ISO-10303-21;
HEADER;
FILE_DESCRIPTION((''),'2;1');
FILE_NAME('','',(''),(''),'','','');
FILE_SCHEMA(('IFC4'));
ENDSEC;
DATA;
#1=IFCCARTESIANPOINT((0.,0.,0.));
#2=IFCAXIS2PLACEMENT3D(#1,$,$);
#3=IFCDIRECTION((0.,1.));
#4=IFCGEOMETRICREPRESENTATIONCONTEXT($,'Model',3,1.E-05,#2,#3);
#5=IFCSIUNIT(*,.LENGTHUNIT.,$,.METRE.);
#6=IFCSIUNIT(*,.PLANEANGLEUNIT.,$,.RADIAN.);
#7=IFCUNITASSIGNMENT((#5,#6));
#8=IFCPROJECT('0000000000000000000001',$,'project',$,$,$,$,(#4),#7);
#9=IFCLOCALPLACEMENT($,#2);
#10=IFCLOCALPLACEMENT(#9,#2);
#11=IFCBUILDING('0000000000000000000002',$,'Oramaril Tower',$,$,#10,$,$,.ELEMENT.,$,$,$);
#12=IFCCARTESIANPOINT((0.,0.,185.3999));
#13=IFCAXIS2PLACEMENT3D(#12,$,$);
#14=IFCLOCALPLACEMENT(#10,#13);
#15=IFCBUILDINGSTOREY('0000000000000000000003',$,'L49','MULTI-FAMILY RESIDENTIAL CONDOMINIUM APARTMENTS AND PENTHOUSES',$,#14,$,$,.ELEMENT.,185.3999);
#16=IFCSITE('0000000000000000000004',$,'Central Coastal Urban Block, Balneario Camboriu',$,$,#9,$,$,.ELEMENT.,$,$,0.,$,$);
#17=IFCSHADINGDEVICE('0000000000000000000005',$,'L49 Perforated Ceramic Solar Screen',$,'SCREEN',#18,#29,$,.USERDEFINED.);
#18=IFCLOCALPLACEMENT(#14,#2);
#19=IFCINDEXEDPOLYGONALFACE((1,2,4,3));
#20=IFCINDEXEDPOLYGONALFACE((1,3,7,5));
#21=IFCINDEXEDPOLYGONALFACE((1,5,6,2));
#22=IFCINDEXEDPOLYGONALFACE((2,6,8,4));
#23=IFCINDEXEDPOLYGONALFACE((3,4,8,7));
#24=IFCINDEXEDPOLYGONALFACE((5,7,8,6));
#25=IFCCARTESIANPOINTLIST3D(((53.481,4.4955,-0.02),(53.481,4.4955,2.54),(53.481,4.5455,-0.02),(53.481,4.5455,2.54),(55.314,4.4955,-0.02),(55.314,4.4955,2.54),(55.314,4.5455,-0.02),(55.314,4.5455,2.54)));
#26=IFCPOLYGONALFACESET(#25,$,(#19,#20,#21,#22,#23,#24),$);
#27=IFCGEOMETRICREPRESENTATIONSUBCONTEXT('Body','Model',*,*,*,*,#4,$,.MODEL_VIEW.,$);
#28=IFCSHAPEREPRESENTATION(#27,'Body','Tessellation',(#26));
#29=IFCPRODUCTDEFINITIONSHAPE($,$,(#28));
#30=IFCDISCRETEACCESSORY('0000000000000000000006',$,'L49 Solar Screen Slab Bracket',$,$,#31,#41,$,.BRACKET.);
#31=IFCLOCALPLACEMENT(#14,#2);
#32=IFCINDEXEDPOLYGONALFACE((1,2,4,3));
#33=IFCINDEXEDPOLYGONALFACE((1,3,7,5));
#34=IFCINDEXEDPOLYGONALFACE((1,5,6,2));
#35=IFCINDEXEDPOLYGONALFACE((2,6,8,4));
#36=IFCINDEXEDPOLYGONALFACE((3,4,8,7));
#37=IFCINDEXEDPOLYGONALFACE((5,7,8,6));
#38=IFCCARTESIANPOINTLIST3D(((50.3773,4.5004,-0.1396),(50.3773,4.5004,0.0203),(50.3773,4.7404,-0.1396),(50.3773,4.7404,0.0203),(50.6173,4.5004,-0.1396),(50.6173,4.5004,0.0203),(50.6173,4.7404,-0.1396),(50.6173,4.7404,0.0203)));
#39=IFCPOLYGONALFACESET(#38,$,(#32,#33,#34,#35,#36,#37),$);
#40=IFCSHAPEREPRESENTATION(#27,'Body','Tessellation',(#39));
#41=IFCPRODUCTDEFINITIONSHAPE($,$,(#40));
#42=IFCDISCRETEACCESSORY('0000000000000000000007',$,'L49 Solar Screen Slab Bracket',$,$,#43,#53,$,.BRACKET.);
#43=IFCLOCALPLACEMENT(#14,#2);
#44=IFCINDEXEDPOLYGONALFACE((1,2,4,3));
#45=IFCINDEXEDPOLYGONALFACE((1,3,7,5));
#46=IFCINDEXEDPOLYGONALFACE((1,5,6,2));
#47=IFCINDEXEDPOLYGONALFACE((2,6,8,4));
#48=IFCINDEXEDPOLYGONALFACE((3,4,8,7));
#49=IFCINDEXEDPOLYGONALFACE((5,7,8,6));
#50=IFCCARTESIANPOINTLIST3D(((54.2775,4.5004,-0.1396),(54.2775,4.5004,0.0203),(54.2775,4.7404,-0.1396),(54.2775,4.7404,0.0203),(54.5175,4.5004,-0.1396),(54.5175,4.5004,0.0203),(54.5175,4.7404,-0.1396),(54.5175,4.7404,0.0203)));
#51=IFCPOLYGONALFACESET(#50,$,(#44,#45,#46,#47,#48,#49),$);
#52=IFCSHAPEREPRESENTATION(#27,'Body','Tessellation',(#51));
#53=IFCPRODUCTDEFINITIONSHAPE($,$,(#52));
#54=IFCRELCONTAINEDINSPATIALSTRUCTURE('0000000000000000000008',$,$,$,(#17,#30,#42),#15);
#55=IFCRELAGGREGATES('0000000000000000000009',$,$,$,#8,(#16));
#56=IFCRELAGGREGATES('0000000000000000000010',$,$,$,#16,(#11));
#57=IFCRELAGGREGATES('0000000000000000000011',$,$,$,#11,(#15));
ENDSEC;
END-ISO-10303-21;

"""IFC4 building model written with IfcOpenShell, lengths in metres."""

from ifc_helpers import new_model, si_unit, direction, frame, origin, origin_2d, place, context, subcontext, project, spatial, rectangle, extrude, element, save


model = new_model("IFC4")

# Units and contexts
model_context = context("Model", 3, precision=1e-05, world=origin(), true_north=direction((0.0, 1.0)))
body_context = subcontext(model_context, "Body", "Model", "MODEL_VIEW")
ifc_project = project(units=[si_unit("LENGTHUNIT", "METRE"), si_unit("PLANEANGLEUNIT", "RADIAN")], contexts=[model_context])

# Site, building, storey
site_placement = place(None, origin())
site = spatial("IfcSite", under=ifc_project, at=site_placement, Name="Central Coastal Urban Block, Balneario Camboriu", CompositionType="ELEMENT", RefElevation=0.0)
building_placement = place(site_placement, origin())
building = spatial("IfcBuilding", under=site, at=building_placement, Name="Oramaril Tower", CompositionType="ELEMENT")
storey_placement = place(building_placement, frame((0.0, 0.0, 185.3999)))
storey = spatial("IfcBuildingStorey", under=building, at=storey_placement, Name="L49", Description="MULTI-FAMILY RESIDENTIAL CONDOMINIUM APARTMENTS AND PENTHOUSES", CompositionType="ELEMENT", Elevation=185.3999)

# Shading device
for number, where, z_axis, x_axis, name in (
    (1, (54.3975, 4.5205, -0.02), (0.0, 0.0, 1.0), (1.0, 0.0, 0.0), "L49 Perforated Ceramic Solar Screen"),
):
    element("IfcShadingDevice", number, at=place(storey_placement, frame(where, z_axis=z_axis, x_axis=x_axis)), inside=storey, Name=name, ObjectType="SCREEN", PredefinedType="USERDEFINED", context=body_context, shape_type="SweptSolid", body=[
        extrude(rectangle(XDim=1.833, YDim=0.05, at=origin_2d()), origin(), (0.0, 0.0, 1.0), 2.5601),
    ])

# Discrete accessories
for number, where, z_axis, x_axis, name in (
    (2, (50.4973, 4.6204, -0.1396), (0.0, 0.0, 1.0), (1.0, 0.0, 0.0), "L49 Solar Screen Slab Bracket"),
    (3, (54.3975, 4.6204, -0.1396), (0.0, 0.0, 1.0), (1.0, 0.0, 0.0), "L49 Solar Screen Slab Bracket"),
):
    element("IfcDiscreteAccessory", number, at=place(storey_placement, frame(where, z_axis=z_axis, x_axis=x_axis)), inside=storey, Name=name, PredefinedType="BRACKET", context=body_context, shape_type="SweptSolid", body=[
        extrude(rectangle(XDim=0.24, YDim=0.24, at=origin_2d()), origin(), (0.0, 0.0, 1.0), 0.1599),
    ])

save(model, "model.ifc")
